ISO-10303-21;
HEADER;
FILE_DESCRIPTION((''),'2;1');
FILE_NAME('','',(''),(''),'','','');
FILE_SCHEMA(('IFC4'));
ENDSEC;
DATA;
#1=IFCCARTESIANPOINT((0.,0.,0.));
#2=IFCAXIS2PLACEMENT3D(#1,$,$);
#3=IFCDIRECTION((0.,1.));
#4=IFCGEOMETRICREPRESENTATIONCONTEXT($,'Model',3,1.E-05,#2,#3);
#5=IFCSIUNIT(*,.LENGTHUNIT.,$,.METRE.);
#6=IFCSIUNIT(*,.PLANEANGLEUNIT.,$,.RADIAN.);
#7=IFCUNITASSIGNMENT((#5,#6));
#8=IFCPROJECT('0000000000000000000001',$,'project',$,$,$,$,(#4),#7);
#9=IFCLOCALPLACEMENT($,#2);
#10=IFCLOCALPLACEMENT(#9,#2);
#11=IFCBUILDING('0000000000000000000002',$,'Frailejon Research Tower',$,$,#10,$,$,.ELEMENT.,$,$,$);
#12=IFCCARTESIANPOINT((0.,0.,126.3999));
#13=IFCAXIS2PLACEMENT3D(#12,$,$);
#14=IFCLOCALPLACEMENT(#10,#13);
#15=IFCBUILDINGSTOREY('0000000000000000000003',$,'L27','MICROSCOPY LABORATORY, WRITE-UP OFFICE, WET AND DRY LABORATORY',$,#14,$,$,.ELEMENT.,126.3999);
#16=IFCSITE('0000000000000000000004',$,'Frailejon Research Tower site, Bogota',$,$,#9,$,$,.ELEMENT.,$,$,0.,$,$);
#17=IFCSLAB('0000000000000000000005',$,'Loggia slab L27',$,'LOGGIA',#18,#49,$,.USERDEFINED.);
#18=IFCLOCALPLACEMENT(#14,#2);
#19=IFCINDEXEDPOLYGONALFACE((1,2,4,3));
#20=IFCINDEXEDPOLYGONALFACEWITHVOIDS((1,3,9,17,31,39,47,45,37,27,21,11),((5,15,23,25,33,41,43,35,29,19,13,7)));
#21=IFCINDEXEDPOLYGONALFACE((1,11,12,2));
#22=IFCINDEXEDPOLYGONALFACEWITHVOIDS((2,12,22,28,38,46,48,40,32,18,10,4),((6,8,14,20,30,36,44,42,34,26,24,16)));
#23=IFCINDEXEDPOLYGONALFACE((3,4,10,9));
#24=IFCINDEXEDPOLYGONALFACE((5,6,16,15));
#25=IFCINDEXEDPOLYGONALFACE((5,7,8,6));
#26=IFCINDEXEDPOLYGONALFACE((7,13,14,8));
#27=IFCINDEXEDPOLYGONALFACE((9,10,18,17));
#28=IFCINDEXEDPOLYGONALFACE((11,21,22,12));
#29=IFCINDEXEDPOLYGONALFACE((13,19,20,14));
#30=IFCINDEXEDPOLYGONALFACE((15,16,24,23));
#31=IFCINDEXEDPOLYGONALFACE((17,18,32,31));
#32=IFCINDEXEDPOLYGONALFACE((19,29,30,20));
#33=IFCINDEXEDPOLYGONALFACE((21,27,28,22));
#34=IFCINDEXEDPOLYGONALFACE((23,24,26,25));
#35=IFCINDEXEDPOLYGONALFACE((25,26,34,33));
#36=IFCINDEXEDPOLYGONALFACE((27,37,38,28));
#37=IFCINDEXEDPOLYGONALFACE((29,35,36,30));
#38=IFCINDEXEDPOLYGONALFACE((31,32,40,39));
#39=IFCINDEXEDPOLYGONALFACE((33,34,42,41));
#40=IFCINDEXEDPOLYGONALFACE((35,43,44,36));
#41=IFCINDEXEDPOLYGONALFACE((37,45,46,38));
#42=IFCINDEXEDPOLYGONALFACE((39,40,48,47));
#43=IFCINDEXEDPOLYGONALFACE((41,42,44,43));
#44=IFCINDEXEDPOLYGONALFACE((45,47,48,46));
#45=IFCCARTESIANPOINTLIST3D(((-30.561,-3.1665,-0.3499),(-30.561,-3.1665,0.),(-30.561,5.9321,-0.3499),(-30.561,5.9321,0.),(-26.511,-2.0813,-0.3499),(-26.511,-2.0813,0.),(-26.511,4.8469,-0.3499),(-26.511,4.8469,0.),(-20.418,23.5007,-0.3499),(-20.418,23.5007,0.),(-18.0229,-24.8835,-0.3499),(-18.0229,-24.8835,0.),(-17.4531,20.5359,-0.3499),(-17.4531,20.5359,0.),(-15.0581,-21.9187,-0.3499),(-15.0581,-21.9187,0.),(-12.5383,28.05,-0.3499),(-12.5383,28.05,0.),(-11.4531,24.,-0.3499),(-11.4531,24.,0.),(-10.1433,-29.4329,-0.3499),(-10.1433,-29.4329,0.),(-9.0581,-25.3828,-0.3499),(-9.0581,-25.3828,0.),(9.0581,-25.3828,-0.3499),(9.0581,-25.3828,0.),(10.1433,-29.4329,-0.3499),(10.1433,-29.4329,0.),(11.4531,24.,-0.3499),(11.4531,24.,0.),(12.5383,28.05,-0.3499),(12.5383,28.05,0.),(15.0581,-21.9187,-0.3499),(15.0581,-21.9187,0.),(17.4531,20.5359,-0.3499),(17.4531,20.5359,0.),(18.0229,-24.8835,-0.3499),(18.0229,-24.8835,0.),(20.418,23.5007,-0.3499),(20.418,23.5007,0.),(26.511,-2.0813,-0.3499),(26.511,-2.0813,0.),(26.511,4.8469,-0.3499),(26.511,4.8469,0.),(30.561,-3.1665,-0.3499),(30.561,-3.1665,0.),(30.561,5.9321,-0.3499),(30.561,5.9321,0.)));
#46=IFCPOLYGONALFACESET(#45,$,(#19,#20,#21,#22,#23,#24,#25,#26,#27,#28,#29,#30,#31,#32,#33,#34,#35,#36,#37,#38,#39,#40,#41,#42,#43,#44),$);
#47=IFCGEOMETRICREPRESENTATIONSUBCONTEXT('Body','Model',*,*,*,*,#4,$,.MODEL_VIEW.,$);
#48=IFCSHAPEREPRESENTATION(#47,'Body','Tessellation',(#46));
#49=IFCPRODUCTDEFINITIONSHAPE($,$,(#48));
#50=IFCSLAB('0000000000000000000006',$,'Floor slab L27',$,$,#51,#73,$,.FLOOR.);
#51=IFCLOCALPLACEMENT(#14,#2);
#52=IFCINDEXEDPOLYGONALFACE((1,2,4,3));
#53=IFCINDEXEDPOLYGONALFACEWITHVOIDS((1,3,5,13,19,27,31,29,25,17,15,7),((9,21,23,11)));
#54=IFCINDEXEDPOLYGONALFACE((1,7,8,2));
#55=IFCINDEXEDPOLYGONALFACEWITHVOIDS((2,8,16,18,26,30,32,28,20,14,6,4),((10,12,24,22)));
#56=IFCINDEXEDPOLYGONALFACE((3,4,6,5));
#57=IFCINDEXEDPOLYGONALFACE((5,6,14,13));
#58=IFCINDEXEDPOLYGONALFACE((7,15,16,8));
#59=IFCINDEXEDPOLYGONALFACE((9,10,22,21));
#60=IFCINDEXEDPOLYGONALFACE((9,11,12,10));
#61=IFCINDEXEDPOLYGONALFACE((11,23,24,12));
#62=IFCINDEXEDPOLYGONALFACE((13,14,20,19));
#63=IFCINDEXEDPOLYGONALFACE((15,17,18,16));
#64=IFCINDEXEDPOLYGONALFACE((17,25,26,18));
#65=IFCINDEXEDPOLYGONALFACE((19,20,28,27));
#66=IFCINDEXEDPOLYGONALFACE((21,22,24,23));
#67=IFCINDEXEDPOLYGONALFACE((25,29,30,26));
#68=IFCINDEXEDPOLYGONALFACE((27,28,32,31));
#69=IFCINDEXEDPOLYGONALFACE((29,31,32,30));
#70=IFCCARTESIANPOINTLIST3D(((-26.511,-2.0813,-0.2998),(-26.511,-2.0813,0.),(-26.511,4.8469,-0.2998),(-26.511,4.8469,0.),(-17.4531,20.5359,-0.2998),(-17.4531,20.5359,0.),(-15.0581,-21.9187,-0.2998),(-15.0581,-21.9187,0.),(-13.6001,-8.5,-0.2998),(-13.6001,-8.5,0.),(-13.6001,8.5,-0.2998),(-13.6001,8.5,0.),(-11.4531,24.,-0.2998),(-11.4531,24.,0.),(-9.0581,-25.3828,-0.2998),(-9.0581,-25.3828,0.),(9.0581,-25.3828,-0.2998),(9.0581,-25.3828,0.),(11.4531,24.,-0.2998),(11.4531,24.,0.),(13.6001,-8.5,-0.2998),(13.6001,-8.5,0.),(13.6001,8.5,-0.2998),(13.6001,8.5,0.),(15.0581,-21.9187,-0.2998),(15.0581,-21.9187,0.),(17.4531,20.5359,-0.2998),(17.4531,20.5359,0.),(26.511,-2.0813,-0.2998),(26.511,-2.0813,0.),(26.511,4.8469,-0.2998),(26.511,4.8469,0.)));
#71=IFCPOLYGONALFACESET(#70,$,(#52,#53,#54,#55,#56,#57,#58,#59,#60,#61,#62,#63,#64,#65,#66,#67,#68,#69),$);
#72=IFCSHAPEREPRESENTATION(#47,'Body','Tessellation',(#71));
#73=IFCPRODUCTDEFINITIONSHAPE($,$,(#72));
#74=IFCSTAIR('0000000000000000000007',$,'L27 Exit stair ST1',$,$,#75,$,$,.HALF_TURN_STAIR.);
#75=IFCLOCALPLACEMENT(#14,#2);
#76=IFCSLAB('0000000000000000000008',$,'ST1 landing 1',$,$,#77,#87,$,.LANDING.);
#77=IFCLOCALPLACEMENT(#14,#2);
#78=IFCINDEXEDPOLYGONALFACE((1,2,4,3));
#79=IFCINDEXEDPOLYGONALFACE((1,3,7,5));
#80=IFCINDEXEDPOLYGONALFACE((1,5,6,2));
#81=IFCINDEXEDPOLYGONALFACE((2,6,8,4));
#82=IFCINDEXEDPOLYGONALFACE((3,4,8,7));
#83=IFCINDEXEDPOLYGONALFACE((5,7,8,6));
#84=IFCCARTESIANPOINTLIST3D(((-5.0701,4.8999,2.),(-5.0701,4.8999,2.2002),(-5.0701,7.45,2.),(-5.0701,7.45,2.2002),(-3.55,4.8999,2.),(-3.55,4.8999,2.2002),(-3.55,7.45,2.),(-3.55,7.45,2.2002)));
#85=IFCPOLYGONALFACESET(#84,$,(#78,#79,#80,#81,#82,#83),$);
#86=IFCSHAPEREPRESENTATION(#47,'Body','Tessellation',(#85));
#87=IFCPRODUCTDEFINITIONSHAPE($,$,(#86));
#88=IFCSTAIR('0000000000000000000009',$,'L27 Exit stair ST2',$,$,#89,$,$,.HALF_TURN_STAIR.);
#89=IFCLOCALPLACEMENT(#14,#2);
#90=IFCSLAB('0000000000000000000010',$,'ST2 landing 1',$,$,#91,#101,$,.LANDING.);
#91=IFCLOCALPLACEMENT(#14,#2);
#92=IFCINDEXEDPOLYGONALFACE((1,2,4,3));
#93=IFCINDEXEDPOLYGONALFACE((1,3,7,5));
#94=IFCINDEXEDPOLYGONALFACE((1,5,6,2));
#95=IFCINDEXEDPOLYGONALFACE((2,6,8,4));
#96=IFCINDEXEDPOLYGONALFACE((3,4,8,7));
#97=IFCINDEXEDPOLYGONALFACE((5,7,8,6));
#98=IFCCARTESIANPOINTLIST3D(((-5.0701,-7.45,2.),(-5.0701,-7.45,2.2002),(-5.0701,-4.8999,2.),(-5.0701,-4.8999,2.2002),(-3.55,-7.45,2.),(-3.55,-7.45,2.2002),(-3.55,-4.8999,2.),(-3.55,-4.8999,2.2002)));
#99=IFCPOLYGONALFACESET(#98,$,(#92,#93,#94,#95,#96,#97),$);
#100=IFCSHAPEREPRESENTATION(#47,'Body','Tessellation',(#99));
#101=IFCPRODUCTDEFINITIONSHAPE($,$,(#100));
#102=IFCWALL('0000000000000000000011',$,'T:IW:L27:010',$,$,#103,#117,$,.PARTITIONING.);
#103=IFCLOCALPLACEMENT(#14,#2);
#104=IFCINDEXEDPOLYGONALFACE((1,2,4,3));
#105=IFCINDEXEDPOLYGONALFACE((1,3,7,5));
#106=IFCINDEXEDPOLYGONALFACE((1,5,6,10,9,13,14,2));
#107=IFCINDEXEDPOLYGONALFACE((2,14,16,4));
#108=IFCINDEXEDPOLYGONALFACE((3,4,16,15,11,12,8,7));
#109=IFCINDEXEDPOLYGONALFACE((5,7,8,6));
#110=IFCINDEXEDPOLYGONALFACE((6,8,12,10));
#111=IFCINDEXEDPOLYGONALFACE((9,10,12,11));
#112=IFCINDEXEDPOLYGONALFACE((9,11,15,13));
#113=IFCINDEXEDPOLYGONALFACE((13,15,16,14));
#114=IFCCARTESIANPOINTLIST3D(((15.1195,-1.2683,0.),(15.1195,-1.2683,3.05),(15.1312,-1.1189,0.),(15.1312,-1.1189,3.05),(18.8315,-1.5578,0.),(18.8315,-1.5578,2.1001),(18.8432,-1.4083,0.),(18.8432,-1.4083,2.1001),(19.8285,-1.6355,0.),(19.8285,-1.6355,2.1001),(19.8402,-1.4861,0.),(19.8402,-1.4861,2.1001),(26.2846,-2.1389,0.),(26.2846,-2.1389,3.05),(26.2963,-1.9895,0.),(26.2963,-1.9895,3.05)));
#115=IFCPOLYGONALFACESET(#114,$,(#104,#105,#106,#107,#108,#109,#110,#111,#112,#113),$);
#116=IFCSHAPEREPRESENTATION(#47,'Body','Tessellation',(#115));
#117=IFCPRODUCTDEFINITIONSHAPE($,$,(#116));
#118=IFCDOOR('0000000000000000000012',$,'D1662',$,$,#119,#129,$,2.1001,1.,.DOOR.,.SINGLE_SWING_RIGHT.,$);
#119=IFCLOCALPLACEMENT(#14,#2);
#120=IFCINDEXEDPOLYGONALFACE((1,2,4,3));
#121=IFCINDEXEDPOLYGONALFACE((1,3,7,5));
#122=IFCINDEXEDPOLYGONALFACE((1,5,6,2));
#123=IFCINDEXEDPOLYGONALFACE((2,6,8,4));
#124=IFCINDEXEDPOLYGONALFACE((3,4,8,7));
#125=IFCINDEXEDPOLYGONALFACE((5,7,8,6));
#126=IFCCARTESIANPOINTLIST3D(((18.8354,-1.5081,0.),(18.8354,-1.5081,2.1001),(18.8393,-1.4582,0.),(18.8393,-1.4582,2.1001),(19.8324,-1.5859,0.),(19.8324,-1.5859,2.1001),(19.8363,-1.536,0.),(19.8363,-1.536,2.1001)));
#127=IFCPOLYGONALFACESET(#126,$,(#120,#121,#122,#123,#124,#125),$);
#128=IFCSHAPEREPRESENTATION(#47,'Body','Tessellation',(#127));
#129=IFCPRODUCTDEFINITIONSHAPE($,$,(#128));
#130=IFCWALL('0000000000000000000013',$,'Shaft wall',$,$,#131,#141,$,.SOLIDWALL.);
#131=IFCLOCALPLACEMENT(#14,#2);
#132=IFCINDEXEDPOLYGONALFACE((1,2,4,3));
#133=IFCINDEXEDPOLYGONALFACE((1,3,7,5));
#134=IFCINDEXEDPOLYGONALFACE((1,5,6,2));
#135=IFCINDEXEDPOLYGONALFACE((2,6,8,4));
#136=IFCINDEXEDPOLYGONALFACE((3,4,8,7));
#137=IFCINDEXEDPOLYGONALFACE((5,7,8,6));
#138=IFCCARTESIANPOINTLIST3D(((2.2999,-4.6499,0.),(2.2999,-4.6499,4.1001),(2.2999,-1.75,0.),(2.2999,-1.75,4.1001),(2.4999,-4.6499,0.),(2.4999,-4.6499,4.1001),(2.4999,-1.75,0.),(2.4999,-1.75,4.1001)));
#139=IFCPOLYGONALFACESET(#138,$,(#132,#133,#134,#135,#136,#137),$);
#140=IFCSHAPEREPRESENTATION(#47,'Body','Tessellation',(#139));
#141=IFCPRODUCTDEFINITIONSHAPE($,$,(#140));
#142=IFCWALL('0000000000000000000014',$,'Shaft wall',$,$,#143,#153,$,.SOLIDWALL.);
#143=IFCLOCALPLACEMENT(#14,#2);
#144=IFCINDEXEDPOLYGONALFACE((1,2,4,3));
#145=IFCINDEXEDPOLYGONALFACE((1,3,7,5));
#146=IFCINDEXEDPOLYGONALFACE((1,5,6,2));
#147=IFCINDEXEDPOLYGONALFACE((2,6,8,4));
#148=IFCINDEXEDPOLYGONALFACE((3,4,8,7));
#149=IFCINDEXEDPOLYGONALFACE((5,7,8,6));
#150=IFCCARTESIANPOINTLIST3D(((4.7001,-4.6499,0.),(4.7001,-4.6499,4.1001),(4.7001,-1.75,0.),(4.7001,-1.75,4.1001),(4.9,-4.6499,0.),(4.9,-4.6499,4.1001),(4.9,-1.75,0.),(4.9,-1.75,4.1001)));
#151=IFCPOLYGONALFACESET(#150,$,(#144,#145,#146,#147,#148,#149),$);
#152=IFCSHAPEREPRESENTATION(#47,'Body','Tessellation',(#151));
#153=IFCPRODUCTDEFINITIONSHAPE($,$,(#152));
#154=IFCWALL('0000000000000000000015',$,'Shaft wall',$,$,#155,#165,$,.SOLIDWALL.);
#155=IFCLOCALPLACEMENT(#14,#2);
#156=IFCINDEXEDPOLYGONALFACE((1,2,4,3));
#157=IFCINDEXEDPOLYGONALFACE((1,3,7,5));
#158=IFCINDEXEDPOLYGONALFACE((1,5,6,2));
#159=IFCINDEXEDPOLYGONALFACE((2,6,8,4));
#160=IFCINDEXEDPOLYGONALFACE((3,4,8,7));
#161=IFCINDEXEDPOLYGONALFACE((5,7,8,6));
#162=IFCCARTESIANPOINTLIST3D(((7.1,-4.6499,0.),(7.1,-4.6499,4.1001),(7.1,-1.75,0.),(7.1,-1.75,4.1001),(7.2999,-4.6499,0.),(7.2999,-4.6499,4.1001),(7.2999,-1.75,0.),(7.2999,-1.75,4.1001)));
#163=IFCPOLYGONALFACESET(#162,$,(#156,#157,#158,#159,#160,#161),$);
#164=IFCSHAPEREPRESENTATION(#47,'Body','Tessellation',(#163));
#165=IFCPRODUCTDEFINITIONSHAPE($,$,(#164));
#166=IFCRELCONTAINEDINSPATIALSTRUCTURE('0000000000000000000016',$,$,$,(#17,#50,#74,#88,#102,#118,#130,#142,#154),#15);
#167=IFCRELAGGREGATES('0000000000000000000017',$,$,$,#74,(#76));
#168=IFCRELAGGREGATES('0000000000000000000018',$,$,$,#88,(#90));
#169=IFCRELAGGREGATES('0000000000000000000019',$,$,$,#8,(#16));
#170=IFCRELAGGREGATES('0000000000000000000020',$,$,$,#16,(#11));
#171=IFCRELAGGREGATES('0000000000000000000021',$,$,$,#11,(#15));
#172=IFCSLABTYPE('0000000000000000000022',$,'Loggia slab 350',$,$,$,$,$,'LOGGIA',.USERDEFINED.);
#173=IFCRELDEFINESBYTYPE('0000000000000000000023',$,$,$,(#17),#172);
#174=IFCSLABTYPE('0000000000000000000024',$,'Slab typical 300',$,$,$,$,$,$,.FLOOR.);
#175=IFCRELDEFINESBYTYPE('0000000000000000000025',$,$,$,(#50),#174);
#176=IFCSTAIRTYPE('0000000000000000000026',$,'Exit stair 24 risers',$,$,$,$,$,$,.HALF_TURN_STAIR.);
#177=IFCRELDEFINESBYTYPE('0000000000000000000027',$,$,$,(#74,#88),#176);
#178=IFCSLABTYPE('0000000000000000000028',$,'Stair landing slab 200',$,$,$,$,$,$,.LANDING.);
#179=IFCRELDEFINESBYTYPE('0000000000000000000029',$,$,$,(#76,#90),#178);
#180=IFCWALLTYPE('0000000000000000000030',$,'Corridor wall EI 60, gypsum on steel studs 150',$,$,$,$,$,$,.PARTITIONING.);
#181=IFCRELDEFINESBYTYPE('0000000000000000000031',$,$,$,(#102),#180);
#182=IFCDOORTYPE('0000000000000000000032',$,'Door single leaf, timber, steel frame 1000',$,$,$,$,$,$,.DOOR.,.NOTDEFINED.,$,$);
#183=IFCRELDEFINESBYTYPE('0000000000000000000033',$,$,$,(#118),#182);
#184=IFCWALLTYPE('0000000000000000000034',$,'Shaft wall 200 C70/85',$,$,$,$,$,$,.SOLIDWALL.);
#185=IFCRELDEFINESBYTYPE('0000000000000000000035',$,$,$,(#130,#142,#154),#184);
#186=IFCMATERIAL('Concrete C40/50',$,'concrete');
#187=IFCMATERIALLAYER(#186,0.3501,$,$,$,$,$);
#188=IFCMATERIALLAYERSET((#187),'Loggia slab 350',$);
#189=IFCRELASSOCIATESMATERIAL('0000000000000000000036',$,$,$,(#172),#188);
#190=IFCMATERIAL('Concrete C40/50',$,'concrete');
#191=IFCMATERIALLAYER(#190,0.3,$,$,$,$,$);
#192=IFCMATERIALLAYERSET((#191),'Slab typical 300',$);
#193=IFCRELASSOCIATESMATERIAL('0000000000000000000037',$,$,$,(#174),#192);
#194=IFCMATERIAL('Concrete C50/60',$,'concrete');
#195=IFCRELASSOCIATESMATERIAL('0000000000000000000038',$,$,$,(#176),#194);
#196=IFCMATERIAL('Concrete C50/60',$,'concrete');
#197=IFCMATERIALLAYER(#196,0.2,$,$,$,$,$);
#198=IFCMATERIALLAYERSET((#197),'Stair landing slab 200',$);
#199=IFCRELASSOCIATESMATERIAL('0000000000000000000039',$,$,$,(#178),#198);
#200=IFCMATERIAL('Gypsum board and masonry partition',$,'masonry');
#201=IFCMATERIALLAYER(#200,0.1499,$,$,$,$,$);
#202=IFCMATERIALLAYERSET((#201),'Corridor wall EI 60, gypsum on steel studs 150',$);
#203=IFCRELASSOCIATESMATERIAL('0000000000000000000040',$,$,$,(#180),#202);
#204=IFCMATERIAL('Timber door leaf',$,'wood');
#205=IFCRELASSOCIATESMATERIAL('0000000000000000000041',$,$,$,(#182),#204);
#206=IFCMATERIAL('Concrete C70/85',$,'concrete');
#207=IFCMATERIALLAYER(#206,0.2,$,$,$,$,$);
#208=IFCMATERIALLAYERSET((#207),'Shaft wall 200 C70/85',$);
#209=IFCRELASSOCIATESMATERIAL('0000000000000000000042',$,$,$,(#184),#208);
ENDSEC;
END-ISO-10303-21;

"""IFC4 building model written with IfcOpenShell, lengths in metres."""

from ifc_helpers import new_model, si_unit, direction, frame, frame_2d, origin, place, context, subcontext, project, spatial, polyline, rectangle, outline, extrude, material, layer, layer_set, type_object, element, fill, aggregate, save


model = new_model("IFC4")

# Units and contexts
model_context = context("Model", 3, precision=1e-05, world=origin(), true_north=direction((0.0, 1.0)))
body_context = subcontext(model_context, "Body", "Model", "MODEL_VIEW")
ifc_project = project(units=[si_unit("LENGTHUNIT", "METRE"), si_unit("PLANEANGLEUNIT", "RADIAN")], contexts=[model_context])

# Site, building, storey
site_placement = place(None, origin())
site = spatial("IfcSite", under=ifc_project, at=site_placement, Name="Frailejon Research Tower site, Bogota", CompositionType="ELEMENT", RefElevation=0.0)
building_placement = place(site_placement, origin())
building = spatial("IfcBuilding", under=site, at=building_placement, Name="Frailejon Research Tower", CompositionType="ELEMENT")
storey_placement = place(building_placement, frame((0.0, 0.0, 126.3999)))
storey = spatial("IfcBuildingStorey", under=building, at=storey_placement, Name="L27", Description="MICROSCOPY LABORATORY, WRITE-UP OFFICE, WET AND DRY LABORATORY", CompositionType="ELEMENT", Elevation=126.3999)

# Slabs
ifc_material_1 = material(Name="Concrete C40/50", Category="concrete")
ifc_layer_1 = layer(ifc_material_1, 0.3501)
ifc_layer_set_1 = layer_set([ifc_layer_1], Name="Loggia slab 350")
slab_type_1 = type_object("IfcSlabType", Name="Loggia slab 350", ElementType="LOGGIA", PredefinedType="USERDEFINED", material=ifc_layer_set_1)
slab_1_placement = place(storey_placement, frame((0.0, 0.0, -0.3499)))
element("IfcSlab", 1, at=slab_1_placement, inside=storey, type_object=slab_type_1, Name="Loggia slab L27", ObjectType="LOGGIA", PredefinedType="USERDEFINED", context=body_context, shape_type="SweptSolid", body=[
    extrude(outline(polyline([(18.0229, -24.8835), (10.1433, -29.4329), (-10.1433, -29.4329), (-18.0229, -24.8835), (-30.561, -3.1665), (-30.561, 5.9321), (-20.418, 23.5007), (-12.5383, 28.05), (12.5383, 28.05), (20.418, 23.5007), (30.561, 5.9321), (30.561, -3.1665), (18.0229, -24.8835)]), holes=[polyline([(26.511, 4.8469), (17.4531, 20.5359), (11.4531, 24.0), (-11.4531, 24.0), (-17.4531, 20.5359), (-26.511, 4.8469), (-26.511, -2.0813), (-15.0581, -21.9187), (-9.0581, -25.3828), (9.0581, -25.3828), (15.0581, -21.9187), (26.511, -2.0813), (26.511, 4.8469)])]), origin(), (0.0, 0.0, 1.0), 0.3499),
])
ifc_material_2 = material(Name="Concrete C40/50", Category="concrete")
ifc_layer_2 = layer(ifc_material_2, 0.3)
ifc_layer_set_2 = layer_set([ifc_layer_2], Name="Slab typical 300")
slab_type_2 = type_object("IfcSlabType", Name="Slab typical 300", PredefinedType="FLOOR", material=ifc_layer_set_2)
slab_2_placement = place(storey_placement, frame((0.0, 0.0, -0.2998)))
element("IfcSlab", 2, at=slab_2_placement, inside=storey, type_object=slab_type_2, Name="Floor slab L27", PredefinedType="FLOOR", context=body_context, shape_type="SweptSolid", body=[
    extrude(outline(polyline([(26.511, -2.0813), (26.511, 4.8469), (17.4531, 20.5359), (11.4531, 24.0), (-11.4531, 24.0), (-17.4531, 20.5359), (-26.511, 4.8469), (-26.511, -2.0813), (-15.0581, -21.9187), (-9.0581, -25.3828), (9.0581, -25.3828), (15.0581, -21.9187), (26.511, -2.0813)]), holes=[polyline([(13.6001, -8.5), (-13.6001, -8.5), (-13.6001, 8.5), (13.6001, 8.5), (13.6001, -8.5)])]), origin(), (0.0, 0.0, 1.0), 0.2998),
])

# Stairs, slabs
ifc_material_3 = material(Name="Concrete C50/60", Category="concrete")
stair_type = type_object("IfcStairType", Name="Exit stair 24 risers", PredefinedType="HALF_TURN_STAIR", material=ifc_material_3)
stair_1_placement = place(storey_placement, origin())
stair_1 = element("IfcStair", 3, at=stair_1_placement, inside=storey, type_object=stair_type, Name="L27 Exit stair ST1", PredefinedType="HALF_TURN_STAIR")
ifc_material_4 = material(Name="Concrete C50/60", Category="concrete")
ifc_layer_3 = layer(ifc_material_4, 0.2)
ifc_layer_set_3 = layer_set([ifc_layer_3], Name="Stair landing slab 200")
slab_type_3 = type_object("IfcSlabType", Name="Stair landing slab 200", PredefinedType="LANDING", material=ifc_layer_set_3)
slab_3_placement = place(storey_placement, frame((0.0, 0.0, 2.0)))
slab_3 = element("IfcSlab", 4, at=slab_3_placement, type_object=slab_type_3, Name="ST1 landing 1", PredefinedType="LANDING", context=body_context, shape_type="SweptSolid", body=[
    extrude(outline(polyline([(-5.0701, 4.8999), (-3.55, 4.8999), (-3.55, 7.45), (-5.0701, 7.45), (-5.0701, 4.8999)])), origin(), (0.0, 0.0, 1.0), 0.2002),
])
aggregate(stair_1, [slab_3])
stair_2_placement = place(storey_placement, origin())
stair_2 = element("IfcStair", 5, at=stair_2_placement, inside=storey, type_object=stair_type, Name="L27 Exit stair ST2", PredefinedType="HALF_TURN_STAIR")
slab_4_placement = place(storey_placement, frame((0.0, 0.0, 2.0)))
slab_4 = element("IfcSlab", 6, at=slab_4_placement, type_object=slab_type_3, Name="ST2 landing 1", PredefinedType="LANDING", context=body_context, shape_type="SweptSolid", body=[
    extrude(outline(polyline([(-5.0701, -7.45), (-3.55, -7.45), (-3.55, -4.8999), (-5.0701, -4.8999), (-5.0701, -7.45)])), origin(), (0.0, 0.0, 1.0), 0.2002),
])
aggregate(stair_2, [slab_4])

# Wall, opening, door
ifc_material_5 = material(Name="Gypsum board and masonry partition", Category="masonry")
ifc_layer_4 = layer(ifc_material_5, 0.1499)
ifc_layer_set_4 = layer_set([ifc_layer_4], Name="Corridor wall EI 60, gypsum on steel studs 150")
wall_type_1 = type_object("IfcWallType", Name="Corridor wall EI 60, gypsum on steel studs 150", PredefinedType="PARTITIONING", material=ifc_layer_set_4)
wall_1_placement = place(storey_placement, frame((15.1252, -1.1936, 0.0), z_axis=(0.0, 0.0, 1.0), x_axis=(0.996974, -0.07774, 0.0)))
wall_1 = element("IfcWall", 7, at=wall_1_placement, inside=storey, type_object=wall_type_1, Name="T:IW:L27:010", PredefinedType="PARTITIONING", context=body_context, shape_type="SweptSolid", body=[
    extrude(rectangle(XDim=11.199, YDim=0.1499, at=frame_2d((5.5996, 0.0))), origin(), (0.0, 0.0, 1.0), 3.05),
])
opening_1_placement = place(wall_1_placement, frame((3.7234, 0.0, 0.0)))
opening_1 = element("IfcOpeningElement", 8, at=opening_1_placement, cuts=wall_1, PredefinedType="OPENING", context=body_context, shape_type="SweptSolid", body=[
    extrude(rectangle(XDim=1.0, YDim=2.1001, at=frame_2d((0.5, 1.05))), frame((0.0, 0.085, 0.0), z_axis=(0.0, -1.0, 0.0), x_axis=(1.0, 0.0, 0.0)), (0.0, 0.0, 1.0), 0.1699),
])
ifc_material_6 = material(Name="Timber door leaf", Category="wood")
door_type_1 = type_object("IfcDoorType", Name="Door single leaf, timber, steel frame 1000", OperationType="NOTDEFINED", PredefinedType="DOOR", material=ifc_material_6)
door_1_placement = place(opening_1_placement, origin())
door_1 = element("IfcDoor", 9, at=door_1_placement, inside=storey, type_object=door_type_1, Name="D1662", OperationType="SINGLE_SWING_RIGHT", OverallHeight=2.1001, OverallWidth=1.0, PredefinedType="DOOR", context=body_context, shape_type="SweptSolid", body=[
    extrude(rectangle(XDim=1.0, YDim=2.1001, at=frame_2d((0.5, 1.05))), frame((0.0, 0.0249, 0.0), z_axis=(0.0, -1.0, 0.0), x_axis=(1.0, 0.0, 0.0)), (0.0, 0.0, 1.0), 0.05),
])
fill(opening_1, door_1)

# Walls
ifc_material_7 = material(Name="Concrete C70/85", Category="concrete")
ifc_layer_5 = layer(ifc_material_7, 0.2)
ifc_layer_set_5 = layer_set([ifc_layer_5], Name="Shaft wall 200 C70/85")
wall_type_2 = type_object("IfcWallType", Name="Shaft wall 200 C70/85", PredefinedType="SOLIDWALL", material=ifc_layer_set_5)
for number, where, z_axis, x_axis, name in (
    (10, (2.3999, -4.6499, 0.0), (0.0, 0.0, 1.0), (0.0, 1.0, 0.0), "Shaft wall"),
    (11, (4.8, -4.6499, 0.0), (0.0, 0.0, 1.0), (0.0, 1.0, 0.0), "Shaft wall"),
    (12, (7.2, -4.6499, 0.0), (0.0, 0.0, 1.0), (0.0, 1.0, 0.0), "Shaft wall"),
):
    element("IfcWall", number, at=place(storey_placement, frame(where, z_axis=z_axis, x_axis=x_axis)), inside=storey, type_object=wall_type_2, Name=name, PredefinedType="SOLIDWALL", context=body_context, shape_type="SweptSolid", body=[
        extrude(rectangle(XDim=2.8999, YDim=0.2, at=frame_2d((1.45, 0.0))), origin(), (0.0, 0.0, 1.0), 4.1001),
    ])

save(model, "model.ifc")
